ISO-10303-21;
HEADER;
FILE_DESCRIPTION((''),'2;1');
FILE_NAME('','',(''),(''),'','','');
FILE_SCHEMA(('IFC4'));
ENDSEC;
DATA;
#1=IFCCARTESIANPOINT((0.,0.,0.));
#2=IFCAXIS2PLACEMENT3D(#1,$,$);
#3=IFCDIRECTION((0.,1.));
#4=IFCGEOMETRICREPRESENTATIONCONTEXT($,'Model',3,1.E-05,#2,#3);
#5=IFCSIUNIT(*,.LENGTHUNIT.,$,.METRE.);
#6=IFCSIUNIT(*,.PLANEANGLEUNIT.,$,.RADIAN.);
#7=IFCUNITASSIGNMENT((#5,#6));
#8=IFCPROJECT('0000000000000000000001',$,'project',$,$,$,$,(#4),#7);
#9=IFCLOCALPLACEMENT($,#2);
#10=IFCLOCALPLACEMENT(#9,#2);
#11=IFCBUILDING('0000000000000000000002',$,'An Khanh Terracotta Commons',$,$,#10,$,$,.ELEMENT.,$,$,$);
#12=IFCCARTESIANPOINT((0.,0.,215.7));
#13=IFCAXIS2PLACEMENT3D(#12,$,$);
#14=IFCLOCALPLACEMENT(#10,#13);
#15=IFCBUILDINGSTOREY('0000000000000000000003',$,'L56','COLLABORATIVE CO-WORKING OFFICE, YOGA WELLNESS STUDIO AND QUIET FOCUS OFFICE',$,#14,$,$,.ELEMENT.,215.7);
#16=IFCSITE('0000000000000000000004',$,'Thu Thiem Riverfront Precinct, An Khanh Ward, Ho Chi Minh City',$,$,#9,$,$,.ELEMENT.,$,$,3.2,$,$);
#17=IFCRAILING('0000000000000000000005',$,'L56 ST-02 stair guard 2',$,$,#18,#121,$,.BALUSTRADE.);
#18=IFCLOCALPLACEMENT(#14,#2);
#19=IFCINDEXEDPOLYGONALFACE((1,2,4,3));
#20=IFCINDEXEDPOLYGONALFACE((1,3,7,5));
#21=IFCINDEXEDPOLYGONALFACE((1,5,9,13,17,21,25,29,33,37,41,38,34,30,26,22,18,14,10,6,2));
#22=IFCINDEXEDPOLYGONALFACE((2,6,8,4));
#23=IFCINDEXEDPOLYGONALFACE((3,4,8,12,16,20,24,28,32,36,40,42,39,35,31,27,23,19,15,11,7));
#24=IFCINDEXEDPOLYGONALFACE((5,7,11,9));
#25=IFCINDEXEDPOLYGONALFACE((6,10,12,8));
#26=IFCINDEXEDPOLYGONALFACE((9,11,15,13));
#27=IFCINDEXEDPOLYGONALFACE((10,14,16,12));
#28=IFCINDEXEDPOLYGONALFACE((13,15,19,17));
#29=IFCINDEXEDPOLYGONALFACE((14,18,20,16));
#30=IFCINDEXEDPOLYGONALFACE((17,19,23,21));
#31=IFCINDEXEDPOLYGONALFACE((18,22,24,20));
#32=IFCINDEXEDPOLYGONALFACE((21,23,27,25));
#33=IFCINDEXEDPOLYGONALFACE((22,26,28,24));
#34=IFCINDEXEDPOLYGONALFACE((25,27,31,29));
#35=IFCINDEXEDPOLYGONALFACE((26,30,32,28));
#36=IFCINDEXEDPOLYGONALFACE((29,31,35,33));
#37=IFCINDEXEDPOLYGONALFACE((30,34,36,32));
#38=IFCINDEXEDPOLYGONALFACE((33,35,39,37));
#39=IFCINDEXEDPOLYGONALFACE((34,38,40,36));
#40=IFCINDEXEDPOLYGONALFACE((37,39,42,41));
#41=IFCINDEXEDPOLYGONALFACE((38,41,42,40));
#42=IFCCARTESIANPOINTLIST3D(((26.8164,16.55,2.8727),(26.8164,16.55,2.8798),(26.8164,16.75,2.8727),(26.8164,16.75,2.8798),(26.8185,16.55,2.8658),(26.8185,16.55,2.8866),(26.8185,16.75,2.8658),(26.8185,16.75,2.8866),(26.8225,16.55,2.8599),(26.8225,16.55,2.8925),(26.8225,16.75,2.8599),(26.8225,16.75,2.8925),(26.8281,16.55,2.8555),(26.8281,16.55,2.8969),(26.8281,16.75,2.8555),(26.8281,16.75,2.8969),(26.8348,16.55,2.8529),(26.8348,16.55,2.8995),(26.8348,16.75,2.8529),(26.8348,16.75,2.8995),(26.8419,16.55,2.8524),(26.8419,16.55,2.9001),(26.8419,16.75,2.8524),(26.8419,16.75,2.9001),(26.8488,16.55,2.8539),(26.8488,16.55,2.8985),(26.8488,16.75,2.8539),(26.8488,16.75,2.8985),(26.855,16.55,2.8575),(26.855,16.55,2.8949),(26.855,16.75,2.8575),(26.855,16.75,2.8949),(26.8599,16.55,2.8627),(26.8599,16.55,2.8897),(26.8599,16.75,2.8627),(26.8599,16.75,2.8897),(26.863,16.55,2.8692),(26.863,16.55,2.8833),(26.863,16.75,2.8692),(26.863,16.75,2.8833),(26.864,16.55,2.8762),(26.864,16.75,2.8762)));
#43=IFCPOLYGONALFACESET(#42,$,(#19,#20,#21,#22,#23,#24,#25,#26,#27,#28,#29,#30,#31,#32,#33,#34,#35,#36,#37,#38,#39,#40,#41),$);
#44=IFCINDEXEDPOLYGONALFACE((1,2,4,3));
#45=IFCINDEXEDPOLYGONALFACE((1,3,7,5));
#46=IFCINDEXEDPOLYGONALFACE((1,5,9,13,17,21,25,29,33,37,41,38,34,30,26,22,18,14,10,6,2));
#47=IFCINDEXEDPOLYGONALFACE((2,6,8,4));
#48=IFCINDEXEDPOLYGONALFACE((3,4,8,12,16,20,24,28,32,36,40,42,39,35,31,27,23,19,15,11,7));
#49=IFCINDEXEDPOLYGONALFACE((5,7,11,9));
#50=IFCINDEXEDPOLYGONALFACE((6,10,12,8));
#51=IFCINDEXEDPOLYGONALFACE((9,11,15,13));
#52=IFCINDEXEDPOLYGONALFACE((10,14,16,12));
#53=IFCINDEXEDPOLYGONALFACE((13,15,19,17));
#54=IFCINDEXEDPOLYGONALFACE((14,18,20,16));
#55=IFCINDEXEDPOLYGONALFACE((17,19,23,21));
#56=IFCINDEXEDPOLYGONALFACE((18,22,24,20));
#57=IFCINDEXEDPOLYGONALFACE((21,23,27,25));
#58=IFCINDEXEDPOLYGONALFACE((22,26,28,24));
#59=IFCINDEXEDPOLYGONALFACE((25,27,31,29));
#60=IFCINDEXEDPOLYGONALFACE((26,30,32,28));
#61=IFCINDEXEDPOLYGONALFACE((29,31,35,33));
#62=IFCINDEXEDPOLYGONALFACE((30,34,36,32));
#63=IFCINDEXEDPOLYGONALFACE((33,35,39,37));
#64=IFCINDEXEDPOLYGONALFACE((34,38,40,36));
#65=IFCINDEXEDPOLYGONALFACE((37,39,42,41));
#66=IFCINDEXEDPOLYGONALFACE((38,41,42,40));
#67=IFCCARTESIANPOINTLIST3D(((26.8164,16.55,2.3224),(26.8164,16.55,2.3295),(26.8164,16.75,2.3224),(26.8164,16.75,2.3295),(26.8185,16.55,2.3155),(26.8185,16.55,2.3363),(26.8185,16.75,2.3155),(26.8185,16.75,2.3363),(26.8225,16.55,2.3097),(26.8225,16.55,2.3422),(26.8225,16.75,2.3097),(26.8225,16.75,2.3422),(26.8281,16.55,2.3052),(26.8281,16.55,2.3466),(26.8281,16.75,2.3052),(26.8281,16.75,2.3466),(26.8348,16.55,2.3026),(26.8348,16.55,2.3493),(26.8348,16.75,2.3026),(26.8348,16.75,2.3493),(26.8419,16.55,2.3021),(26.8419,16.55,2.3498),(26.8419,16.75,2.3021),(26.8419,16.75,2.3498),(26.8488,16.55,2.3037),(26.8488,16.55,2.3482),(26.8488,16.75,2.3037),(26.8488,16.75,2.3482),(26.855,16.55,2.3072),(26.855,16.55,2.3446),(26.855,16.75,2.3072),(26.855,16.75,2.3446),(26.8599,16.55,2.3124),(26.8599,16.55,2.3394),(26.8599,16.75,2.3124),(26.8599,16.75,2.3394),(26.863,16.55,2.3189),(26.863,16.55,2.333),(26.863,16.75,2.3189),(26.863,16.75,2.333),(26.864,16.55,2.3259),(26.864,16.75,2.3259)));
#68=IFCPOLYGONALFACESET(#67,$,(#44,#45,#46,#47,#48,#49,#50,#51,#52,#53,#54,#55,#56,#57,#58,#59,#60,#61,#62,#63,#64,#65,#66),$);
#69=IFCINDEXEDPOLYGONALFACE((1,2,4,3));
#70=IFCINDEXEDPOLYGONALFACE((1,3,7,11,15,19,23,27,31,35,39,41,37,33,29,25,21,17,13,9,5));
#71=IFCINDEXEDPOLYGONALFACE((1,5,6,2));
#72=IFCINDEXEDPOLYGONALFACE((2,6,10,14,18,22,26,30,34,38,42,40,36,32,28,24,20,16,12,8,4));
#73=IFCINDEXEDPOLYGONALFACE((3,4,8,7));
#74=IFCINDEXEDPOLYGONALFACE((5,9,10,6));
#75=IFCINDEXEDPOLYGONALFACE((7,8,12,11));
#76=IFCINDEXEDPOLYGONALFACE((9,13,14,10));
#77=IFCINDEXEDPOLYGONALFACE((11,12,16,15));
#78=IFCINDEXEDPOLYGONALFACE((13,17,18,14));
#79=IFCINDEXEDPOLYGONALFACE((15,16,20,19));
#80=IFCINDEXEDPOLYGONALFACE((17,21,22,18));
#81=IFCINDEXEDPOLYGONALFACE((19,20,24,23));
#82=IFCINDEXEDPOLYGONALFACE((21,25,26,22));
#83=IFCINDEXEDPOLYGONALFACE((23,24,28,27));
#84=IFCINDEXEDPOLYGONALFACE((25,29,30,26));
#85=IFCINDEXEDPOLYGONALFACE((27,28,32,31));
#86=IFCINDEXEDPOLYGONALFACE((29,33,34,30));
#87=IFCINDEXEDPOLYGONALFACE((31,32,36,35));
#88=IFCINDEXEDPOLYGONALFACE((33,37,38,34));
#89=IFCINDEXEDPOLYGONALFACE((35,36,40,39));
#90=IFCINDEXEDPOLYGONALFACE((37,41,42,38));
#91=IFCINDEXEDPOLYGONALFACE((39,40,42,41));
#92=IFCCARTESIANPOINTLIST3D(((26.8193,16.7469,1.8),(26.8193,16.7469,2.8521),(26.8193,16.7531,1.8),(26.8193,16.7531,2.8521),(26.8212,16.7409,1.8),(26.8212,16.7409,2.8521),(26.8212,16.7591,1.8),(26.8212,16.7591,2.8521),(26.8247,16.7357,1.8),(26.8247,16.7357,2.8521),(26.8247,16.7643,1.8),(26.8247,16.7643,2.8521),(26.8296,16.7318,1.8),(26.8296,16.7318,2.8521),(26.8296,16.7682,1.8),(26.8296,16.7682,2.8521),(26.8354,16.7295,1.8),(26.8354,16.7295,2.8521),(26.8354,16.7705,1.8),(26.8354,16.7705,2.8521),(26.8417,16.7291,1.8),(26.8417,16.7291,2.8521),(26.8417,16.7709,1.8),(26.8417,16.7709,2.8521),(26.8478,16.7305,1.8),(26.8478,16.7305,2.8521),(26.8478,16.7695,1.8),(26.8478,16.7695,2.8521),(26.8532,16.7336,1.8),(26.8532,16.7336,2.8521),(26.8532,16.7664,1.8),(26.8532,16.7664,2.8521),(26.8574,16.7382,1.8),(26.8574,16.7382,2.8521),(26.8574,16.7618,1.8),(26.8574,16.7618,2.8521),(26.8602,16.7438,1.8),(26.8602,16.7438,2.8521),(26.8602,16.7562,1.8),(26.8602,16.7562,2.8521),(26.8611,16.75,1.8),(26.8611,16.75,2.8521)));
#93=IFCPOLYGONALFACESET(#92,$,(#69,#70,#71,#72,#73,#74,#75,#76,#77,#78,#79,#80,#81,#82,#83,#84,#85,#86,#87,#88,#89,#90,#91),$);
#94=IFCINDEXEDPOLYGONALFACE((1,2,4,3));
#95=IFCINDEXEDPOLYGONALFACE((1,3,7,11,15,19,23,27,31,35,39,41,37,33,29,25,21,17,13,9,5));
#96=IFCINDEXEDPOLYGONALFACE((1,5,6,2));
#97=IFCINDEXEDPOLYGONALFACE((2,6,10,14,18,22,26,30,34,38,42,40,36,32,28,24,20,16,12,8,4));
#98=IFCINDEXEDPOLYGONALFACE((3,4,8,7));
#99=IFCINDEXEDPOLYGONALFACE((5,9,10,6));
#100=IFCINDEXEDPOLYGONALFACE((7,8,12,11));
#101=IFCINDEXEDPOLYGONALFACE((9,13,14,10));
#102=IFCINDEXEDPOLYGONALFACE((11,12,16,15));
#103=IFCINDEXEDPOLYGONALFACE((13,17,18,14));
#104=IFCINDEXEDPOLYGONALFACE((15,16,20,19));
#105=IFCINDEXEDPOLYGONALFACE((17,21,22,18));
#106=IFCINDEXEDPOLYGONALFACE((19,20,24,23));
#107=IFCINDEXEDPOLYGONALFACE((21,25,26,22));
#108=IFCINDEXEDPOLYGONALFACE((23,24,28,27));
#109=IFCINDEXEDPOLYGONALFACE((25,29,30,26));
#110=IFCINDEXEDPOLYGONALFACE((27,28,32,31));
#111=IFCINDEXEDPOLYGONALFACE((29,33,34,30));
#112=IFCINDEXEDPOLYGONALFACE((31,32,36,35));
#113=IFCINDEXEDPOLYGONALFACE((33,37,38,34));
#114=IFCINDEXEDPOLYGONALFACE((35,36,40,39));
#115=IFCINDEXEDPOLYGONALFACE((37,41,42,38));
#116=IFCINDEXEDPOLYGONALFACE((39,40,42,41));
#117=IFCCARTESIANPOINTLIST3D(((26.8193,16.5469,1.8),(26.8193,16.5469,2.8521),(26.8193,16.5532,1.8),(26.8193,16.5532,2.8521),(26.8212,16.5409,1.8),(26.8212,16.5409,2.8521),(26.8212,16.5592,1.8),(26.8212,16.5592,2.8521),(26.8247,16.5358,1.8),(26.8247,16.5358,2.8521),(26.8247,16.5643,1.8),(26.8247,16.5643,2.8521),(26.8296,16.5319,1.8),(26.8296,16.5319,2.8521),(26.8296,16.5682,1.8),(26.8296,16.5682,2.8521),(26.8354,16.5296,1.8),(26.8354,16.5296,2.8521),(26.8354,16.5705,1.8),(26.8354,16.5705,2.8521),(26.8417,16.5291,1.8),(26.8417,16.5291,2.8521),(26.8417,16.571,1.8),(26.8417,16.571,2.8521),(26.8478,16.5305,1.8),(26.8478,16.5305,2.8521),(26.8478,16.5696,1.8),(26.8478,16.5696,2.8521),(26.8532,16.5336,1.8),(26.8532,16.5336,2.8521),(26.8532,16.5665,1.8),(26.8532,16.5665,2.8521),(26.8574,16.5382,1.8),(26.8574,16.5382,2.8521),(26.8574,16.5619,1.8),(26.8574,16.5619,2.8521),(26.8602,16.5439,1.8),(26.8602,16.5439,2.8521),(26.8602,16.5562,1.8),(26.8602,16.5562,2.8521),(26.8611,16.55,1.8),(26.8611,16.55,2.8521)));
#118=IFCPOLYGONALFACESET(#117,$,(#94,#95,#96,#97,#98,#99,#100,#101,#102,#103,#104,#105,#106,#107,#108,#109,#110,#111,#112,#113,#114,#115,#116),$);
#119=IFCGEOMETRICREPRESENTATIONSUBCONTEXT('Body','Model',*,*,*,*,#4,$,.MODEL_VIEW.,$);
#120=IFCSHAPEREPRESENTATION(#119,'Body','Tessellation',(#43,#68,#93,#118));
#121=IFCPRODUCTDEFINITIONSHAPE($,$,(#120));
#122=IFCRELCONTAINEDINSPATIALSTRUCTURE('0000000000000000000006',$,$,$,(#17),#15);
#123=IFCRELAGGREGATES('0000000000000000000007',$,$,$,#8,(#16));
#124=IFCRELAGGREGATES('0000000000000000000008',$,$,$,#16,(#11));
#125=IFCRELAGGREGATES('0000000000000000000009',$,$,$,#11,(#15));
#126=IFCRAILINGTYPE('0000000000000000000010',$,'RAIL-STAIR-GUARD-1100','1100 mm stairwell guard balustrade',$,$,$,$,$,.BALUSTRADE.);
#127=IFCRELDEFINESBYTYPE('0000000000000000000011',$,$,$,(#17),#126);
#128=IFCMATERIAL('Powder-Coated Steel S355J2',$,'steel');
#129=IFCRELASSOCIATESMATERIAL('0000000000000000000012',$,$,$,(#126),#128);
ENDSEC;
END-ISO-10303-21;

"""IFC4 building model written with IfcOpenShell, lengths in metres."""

from ifc_helpers import new_model, si_unit, direction, frame, origin, origin_2d, place, context, subcontext, project, spatial, circle, extrude, material, type_object, element, save


model = new_model("IFC4")

# Units and contexts
model_context = context("Model", 3, precision=1e-05, world=origin(), true_north=direction((0.0, 1.0)))
body_context = subcontext(model_context, "Body", "Model", "MODEL_VIEW")
ifc_project = project(units=[si_unit("LENGTHUNIT", "METRE"), si_unit("PLANEANGLEUNIT", "RADIAN")], contexts=[model_context])

# Site, building, storey
site_placement = place(None, origin())
site = spatial("IfcSite", under=ifc_project, at=site_placement, Name="Thu Thiem Riverfront Precinct, An Khanh Ward, Ho Chi Minh City", CompositionType="ELEMENT", RefElevation=3.2)
building_placement = place(site_placement, origin())
building = spatial("IfcBuilding", under=site, at=building_placement, Name="An Khanh Terracotta Commons", CompositionType="ELEMENT")
storey_placement = place(building_placement, frame((0.0, 0.0, 215.7)))
storey = spatial("IfcBuildingStorey", under=building, at=storey_placement, Name="L56", Description="COLLABORATIVE CO-WORKING OFFICE, YOGA WELLNESS STUDIO AND QUIET FOCUS OFFICE", CompositionType="ELEMENT", Elevation=215.7)

# Railing
ifc_material_1 = material(Name="Powder-Coated Steel S355J2", Category="steel")
railing_type_1 = type_object("IfcRailingType", Name="RAIL-STAIR-GUARD-1100", Description="1100 mm stairwell guard balustrade", PredefinedType="BALUSTRADE", material=ifc_material_1)
railing_1_placement = place(storey_placement, frame((26.8401, 16.75, 1.8)))
element("IfcRailing", 1, at=railing_1_placement, inside=storey, type_object=railing_type_1, Name="L56 ST-02 stair guard 2", PredefinedType="BALUSTRADE", context=body_context, shape_type="SweptSolid", body=[
    extrude(circle(Radius=0.0239, at=origin_2d()), frame((0.0, 0.0, 1.0762), z_axis=(0.0, -1.0, 0.0), x_axis=(1.0, 0.0, 0.0)), (0.0, 0.0, 1.0), 0.2),
    extrude(circle(Radius=0.0239, at=origin_2d()), frame((0.0, 0.0, 0.5259), z_axis=(0.0, -1.0, 0.0), x_axis=(1.0, 0.0, 0.0)), (0.0, 0.0, 1.0), 0.2),
    extrude(circle(Radius=0.021, at=origin_2d()), origin(), (0.0, 0.0, 1.0), 1.052),
    extrude(circle(Radius=0.021, at=origin_2d()), frame((0.0, -0.2, 0.0)), (0.0, 0.0, 1.0), 1.052),
])

save(model, "model.ifc")
